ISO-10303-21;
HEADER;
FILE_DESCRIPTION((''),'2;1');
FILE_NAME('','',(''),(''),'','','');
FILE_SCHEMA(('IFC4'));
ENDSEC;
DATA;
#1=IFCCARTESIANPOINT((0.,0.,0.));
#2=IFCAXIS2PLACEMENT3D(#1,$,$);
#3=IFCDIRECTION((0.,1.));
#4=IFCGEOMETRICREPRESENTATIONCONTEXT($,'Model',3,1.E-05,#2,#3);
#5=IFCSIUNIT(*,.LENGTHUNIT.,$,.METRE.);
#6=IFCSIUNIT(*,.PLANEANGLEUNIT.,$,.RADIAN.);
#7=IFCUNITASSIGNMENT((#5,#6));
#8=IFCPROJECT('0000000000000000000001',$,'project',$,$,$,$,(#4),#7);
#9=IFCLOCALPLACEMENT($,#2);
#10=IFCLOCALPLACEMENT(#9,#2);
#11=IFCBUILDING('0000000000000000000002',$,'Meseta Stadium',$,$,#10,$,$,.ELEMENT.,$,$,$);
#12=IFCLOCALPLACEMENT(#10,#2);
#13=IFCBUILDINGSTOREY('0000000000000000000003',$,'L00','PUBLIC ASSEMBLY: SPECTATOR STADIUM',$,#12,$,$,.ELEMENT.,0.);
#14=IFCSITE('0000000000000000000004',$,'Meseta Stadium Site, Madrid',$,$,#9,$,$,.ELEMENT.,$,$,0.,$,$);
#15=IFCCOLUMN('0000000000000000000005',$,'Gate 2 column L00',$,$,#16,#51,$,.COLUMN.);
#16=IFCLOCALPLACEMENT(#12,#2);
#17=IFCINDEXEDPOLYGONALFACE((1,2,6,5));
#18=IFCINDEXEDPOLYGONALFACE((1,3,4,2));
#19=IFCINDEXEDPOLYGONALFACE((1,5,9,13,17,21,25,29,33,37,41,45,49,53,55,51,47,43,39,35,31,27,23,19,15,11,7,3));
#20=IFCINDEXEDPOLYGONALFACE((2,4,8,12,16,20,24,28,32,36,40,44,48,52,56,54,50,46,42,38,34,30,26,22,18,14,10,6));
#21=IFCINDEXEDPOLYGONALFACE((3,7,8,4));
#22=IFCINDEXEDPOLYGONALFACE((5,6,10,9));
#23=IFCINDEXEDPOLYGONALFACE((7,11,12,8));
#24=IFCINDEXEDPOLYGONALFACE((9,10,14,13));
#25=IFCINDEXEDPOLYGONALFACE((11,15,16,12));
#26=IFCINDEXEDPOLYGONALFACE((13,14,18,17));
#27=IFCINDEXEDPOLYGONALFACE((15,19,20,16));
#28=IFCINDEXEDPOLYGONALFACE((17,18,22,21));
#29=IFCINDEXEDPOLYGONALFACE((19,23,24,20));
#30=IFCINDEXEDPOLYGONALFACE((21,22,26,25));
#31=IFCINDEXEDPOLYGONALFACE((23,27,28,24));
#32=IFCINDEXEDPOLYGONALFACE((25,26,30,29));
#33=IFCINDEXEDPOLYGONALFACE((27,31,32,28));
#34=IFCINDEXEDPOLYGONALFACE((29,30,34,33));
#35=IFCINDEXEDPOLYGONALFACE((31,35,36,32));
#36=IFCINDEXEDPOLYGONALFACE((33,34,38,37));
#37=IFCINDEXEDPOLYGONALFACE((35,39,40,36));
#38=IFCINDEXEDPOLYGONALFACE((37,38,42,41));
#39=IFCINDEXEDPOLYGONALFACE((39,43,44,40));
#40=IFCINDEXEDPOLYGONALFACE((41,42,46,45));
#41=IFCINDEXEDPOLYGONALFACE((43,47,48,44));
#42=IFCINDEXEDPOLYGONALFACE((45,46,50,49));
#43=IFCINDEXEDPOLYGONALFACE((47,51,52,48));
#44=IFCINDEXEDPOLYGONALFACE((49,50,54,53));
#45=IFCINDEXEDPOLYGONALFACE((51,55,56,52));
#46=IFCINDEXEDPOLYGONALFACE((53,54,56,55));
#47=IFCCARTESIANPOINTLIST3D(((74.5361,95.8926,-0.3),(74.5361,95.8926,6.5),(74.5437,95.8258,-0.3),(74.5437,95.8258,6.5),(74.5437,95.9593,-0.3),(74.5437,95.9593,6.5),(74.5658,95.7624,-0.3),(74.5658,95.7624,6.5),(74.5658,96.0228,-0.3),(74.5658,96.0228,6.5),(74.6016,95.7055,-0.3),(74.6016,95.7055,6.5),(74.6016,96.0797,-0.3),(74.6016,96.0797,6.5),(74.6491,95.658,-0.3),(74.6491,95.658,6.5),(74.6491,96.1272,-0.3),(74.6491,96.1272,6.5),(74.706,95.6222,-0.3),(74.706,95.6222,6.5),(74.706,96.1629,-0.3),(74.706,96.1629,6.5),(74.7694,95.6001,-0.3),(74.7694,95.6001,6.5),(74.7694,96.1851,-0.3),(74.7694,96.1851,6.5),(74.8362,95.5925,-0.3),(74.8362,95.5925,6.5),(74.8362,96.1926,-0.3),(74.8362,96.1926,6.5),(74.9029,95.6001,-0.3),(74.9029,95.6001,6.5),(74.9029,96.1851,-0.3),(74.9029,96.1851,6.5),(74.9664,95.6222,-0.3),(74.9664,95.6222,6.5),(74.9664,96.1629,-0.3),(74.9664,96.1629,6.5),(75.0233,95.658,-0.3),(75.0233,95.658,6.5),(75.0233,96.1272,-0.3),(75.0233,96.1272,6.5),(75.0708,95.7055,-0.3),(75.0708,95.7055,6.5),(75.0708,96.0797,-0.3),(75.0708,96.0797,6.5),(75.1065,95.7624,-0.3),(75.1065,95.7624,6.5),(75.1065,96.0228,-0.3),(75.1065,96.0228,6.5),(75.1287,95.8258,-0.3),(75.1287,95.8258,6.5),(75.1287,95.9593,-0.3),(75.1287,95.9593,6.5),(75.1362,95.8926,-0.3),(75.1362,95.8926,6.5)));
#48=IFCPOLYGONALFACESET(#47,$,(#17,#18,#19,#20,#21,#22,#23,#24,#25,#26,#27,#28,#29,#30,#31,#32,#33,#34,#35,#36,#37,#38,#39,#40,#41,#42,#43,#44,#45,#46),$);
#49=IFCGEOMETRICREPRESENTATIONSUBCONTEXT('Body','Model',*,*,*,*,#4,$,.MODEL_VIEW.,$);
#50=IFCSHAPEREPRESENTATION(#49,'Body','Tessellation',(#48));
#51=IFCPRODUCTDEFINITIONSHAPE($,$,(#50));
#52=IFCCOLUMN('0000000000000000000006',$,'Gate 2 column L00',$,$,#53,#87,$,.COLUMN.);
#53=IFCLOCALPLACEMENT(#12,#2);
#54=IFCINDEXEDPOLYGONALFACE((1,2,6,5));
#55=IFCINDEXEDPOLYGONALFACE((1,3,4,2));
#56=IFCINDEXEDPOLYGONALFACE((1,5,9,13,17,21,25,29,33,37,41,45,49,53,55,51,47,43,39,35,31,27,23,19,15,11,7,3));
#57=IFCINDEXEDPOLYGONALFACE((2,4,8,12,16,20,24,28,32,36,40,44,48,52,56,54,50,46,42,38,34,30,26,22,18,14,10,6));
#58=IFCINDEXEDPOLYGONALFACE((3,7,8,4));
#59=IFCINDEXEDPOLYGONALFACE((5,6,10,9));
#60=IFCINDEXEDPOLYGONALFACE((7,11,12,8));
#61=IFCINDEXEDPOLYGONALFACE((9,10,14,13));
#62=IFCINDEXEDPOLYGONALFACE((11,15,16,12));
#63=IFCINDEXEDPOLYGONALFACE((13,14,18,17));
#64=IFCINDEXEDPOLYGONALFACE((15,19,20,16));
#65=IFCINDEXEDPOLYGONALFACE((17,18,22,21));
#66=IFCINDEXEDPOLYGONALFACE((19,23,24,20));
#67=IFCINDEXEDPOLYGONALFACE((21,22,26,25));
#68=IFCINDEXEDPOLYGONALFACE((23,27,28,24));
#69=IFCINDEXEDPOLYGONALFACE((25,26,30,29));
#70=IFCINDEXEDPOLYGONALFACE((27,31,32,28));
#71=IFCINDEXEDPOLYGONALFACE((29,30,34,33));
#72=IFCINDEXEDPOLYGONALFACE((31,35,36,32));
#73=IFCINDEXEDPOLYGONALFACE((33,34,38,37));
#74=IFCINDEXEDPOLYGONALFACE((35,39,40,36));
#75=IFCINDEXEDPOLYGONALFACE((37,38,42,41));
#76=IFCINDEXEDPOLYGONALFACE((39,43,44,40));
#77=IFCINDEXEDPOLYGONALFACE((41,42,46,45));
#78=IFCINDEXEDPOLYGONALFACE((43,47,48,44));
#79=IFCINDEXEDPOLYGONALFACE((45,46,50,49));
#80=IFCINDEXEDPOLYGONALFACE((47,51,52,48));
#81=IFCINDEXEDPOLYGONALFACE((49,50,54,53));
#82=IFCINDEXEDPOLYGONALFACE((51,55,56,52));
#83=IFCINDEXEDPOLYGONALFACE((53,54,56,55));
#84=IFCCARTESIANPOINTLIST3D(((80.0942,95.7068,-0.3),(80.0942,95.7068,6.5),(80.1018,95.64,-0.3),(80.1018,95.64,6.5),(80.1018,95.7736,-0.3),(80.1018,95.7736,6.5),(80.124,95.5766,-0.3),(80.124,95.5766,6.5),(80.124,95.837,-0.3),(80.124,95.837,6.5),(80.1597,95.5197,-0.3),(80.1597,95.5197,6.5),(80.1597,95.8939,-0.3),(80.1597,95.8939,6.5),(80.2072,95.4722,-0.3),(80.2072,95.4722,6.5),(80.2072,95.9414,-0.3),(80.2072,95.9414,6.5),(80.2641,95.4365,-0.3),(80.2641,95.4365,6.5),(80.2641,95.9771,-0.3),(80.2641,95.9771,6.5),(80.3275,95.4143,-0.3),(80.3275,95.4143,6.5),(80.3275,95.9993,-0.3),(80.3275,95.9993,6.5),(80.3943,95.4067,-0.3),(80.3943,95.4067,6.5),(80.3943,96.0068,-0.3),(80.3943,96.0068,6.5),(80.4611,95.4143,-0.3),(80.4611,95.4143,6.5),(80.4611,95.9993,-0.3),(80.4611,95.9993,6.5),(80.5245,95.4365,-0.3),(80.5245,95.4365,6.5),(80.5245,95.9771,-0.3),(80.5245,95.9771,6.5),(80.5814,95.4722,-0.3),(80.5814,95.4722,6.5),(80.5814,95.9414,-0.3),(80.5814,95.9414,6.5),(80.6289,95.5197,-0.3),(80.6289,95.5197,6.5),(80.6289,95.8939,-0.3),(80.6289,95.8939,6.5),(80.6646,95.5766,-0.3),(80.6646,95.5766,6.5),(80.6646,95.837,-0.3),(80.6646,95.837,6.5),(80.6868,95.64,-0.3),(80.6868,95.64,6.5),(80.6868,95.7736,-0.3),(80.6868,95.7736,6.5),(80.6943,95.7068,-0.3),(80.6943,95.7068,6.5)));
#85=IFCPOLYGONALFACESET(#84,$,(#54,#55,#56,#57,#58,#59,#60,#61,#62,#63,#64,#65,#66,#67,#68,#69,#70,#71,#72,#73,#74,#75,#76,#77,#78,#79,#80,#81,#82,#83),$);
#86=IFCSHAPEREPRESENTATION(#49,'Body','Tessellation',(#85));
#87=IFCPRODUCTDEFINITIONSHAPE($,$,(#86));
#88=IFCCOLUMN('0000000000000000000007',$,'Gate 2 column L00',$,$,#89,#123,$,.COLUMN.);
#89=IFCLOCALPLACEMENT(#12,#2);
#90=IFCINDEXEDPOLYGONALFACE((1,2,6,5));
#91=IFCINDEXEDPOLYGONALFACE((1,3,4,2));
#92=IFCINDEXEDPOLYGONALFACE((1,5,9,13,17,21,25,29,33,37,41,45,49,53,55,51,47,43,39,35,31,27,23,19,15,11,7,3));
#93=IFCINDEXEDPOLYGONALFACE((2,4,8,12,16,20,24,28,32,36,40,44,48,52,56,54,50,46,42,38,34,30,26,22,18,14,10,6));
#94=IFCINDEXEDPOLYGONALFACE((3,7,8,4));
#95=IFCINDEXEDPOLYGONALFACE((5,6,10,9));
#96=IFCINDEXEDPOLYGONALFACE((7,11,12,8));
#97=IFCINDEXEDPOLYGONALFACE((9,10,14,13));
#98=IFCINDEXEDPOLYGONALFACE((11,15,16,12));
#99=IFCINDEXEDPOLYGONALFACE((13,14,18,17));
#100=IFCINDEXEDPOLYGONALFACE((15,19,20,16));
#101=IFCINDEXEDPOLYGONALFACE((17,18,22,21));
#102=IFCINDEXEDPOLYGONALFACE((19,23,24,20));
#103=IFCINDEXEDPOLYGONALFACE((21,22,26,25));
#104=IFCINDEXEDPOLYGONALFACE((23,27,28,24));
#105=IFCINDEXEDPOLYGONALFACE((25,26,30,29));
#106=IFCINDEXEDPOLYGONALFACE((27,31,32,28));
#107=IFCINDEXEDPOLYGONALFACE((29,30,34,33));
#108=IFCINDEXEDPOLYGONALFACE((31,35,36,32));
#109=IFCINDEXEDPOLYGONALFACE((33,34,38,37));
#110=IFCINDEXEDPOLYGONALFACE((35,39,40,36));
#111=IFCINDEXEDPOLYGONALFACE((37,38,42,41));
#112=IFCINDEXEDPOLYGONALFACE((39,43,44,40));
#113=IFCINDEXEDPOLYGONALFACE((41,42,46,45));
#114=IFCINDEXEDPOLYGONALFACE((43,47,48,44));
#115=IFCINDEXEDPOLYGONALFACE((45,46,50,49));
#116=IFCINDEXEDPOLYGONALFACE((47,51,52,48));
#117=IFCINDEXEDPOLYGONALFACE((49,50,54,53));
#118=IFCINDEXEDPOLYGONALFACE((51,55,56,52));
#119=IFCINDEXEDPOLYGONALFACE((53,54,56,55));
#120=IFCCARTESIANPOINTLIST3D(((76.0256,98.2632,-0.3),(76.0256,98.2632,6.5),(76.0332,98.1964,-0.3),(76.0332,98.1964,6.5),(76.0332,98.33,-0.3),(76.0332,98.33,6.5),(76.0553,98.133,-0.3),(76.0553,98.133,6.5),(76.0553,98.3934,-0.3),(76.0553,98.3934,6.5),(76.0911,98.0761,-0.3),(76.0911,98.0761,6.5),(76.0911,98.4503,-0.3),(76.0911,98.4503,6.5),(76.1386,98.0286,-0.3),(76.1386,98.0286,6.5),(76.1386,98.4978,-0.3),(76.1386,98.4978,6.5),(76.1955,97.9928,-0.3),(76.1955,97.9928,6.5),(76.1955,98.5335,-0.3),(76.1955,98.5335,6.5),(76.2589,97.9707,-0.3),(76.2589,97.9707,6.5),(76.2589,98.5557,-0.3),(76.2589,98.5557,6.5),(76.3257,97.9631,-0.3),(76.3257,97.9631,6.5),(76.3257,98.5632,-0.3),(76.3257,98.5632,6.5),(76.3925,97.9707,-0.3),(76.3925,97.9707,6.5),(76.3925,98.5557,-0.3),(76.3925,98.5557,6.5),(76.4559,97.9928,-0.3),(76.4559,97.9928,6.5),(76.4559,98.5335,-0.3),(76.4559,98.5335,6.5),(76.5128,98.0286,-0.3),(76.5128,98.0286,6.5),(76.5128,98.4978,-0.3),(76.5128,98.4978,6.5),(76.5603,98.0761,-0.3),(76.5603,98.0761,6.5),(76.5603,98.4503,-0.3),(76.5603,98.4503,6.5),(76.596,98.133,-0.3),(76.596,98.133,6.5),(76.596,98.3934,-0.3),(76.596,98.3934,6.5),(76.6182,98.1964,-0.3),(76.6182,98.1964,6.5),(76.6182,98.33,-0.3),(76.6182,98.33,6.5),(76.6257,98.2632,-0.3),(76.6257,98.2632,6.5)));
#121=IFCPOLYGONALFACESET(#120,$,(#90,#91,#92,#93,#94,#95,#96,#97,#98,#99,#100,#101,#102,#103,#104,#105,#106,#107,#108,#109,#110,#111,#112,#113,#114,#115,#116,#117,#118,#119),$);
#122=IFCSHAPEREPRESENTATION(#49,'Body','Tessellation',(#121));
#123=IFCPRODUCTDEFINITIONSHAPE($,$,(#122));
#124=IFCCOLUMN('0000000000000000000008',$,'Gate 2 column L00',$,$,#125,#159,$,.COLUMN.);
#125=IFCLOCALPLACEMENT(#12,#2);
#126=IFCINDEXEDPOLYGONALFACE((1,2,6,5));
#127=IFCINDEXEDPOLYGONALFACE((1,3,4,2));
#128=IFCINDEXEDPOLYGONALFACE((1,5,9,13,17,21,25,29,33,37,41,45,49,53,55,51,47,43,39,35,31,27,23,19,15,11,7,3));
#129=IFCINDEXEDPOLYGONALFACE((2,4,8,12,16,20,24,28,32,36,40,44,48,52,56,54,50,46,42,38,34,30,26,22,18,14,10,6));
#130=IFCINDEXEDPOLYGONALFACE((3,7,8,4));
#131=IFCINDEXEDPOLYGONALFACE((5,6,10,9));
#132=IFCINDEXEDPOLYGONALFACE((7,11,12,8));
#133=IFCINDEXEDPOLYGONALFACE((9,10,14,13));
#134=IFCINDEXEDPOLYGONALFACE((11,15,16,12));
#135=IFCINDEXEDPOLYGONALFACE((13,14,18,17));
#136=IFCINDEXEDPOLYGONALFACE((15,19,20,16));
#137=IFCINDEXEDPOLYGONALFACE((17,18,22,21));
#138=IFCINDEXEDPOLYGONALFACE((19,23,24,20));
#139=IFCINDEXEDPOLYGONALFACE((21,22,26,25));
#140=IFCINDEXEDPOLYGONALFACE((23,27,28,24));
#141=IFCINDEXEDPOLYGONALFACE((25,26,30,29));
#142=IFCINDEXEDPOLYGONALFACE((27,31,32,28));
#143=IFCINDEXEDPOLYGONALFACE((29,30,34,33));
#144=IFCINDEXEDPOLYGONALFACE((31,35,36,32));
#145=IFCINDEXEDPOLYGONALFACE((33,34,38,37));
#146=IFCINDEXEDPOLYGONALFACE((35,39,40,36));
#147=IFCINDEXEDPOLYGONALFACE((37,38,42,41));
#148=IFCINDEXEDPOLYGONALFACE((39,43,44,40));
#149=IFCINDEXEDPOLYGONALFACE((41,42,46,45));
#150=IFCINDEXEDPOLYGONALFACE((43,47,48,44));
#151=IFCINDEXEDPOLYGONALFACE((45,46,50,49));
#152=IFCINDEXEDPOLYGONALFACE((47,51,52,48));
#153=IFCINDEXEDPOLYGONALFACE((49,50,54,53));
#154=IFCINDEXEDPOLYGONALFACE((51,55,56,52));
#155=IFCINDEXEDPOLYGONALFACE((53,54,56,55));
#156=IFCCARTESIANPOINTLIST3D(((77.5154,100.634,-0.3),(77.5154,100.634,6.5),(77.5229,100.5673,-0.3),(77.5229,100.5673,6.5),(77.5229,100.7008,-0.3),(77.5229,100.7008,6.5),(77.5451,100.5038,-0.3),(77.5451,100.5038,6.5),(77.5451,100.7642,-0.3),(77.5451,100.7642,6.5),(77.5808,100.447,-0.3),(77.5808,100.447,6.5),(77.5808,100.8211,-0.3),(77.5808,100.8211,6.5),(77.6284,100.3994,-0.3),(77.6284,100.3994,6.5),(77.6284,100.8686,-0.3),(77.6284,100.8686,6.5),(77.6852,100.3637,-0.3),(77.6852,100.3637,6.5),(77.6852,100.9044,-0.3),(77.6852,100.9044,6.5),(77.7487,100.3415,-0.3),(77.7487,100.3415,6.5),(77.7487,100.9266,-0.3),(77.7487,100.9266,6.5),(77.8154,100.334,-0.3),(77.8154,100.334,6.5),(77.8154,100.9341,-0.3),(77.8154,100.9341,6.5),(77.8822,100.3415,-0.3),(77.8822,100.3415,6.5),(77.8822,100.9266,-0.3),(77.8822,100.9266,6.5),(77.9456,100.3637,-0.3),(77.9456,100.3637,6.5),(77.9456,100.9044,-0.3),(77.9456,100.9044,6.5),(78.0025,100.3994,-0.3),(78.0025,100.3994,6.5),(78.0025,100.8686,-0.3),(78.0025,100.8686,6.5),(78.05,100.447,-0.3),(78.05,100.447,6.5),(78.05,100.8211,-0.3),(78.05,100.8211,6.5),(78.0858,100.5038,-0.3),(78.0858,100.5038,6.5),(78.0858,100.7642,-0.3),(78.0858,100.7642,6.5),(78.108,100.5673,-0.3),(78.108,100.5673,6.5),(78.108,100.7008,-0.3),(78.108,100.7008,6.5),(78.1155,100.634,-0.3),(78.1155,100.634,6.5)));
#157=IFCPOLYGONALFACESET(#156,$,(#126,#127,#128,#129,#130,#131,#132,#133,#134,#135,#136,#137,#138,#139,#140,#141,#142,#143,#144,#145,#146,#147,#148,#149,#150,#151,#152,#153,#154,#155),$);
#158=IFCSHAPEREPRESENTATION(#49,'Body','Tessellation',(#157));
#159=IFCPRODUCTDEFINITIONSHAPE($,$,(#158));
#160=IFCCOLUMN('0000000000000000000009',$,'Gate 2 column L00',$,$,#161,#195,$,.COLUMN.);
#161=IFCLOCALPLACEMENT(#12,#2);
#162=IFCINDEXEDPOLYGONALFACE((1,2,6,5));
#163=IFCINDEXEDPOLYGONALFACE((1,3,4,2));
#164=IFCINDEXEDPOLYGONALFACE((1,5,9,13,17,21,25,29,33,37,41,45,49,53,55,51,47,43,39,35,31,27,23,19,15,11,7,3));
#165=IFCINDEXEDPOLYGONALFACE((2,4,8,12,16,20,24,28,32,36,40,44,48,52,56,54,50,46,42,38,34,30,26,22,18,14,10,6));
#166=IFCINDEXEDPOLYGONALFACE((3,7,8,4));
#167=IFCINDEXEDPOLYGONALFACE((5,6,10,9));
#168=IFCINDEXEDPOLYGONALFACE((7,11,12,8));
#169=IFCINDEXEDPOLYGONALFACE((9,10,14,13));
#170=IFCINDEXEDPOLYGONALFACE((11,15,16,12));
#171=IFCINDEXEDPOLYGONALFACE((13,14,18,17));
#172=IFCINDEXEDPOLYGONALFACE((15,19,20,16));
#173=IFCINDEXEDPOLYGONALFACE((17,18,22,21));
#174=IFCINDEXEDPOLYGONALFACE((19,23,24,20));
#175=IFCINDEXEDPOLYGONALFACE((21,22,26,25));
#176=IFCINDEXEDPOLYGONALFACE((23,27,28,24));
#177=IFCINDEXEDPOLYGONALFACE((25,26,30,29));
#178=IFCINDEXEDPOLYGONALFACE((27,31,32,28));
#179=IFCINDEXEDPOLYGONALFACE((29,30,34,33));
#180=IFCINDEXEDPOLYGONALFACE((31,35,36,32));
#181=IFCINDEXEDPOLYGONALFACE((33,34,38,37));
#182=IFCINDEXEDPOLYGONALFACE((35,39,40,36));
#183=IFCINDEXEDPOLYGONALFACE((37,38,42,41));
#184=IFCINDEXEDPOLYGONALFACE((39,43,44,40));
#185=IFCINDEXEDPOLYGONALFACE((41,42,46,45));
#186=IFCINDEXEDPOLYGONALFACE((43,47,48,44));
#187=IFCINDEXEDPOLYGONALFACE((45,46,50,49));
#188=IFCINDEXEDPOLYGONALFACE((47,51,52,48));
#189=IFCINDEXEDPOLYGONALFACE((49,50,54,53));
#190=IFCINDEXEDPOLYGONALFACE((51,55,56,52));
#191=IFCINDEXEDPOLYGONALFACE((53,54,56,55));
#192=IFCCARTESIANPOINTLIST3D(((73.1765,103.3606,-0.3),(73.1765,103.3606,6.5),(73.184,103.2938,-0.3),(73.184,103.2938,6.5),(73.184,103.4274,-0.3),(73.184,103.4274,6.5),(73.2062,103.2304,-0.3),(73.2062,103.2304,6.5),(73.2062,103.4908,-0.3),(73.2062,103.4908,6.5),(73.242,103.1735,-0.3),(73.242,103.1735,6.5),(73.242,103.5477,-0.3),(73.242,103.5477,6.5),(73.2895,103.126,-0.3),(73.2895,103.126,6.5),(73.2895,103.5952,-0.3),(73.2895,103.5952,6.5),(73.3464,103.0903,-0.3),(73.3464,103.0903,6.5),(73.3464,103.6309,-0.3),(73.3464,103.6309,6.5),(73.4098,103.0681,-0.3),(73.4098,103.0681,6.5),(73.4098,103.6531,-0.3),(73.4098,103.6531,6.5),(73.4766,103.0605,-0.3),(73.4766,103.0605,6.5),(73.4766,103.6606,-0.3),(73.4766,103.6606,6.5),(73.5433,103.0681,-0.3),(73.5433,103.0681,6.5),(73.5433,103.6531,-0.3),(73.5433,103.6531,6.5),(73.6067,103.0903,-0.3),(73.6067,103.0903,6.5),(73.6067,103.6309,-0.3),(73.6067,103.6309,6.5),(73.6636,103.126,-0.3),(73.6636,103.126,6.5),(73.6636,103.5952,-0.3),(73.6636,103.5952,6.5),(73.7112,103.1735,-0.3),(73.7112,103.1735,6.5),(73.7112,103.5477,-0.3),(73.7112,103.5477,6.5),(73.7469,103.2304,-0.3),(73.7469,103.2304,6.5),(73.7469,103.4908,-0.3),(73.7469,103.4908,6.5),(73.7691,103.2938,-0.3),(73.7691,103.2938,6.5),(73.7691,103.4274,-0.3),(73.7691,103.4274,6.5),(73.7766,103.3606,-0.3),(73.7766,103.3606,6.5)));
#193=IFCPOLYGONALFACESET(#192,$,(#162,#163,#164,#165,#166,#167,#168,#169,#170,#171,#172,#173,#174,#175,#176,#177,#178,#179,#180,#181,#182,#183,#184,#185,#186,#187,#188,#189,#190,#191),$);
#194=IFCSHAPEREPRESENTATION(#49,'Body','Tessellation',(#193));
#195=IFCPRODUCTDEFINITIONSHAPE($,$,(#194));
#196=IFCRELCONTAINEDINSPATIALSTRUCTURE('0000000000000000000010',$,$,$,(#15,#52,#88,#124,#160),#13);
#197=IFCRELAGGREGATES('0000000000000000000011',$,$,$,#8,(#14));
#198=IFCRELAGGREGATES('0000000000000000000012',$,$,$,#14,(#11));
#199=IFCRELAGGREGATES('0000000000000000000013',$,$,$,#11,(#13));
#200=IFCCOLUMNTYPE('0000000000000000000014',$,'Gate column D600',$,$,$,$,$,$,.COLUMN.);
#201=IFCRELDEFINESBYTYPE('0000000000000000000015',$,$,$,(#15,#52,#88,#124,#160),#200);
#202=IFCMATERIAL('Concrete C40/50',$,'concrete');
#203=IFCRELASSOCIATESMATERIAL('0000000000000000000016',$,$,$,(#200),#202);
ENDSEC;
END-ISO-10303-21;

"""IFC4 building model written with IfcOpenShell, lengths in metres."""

from ifc_helpers import new_model, si_unit, direction, frame, origin, origin_2d, place, context, subcontext, project, spatial, circle, extrude, material, material_profile, profile_set, type_object, element, save


model = new_model("IFC4")

# Units and contexts
model_context = context("Model", 3, precision=1e-05, world=origin(), true_north=direction((0.0, 1.0)))
body_context = subcontext(model_context, "Body", "Model", "MODEL_VIEW")
ifc_project = project(units=[si_unit("LENGTHUNIT", "METRE"), si_unit("PLANEANGLEUNIT", "RADIAN")], contexts=[model_context])

# Site, building, storey
site_placement = place(None, origin())
site = spatial("IfcSite", under=ifc_project, at=site_placement, Name="Meseta Stadium Site, Madrid", CompositionType="ELEMENT", RefElevation=0.0)
building_placement = place(site_placement, origin())
building = spatial("IfcBuilding", under=site, at=building_placement, Name="Meseta Stadium", CompositionType="ELEMENT")
storey_placement = place(building_placement, origin())
storey = spatial("IfcBuildingStorey", under=building, at=storey_placement, Name="L00", Description="PUBLIC ASSEMBLY: SPECTATOR STADIUM", CompositionType="ELEMENT", Elevation=0.0)

# Columns
ifc_material_1 = material(Name="Concrete C40/50", Category="concrete")
ifc_material_profile_1 = material_profile(ifc_material_1, circle(Radius=0.3, at=origin_2d()), Name="RC D600")
ifc_profile_set_1 = profile_set([ifc_material_profile_1], Name="Concrete C40/50")
column_type = type_object("IfcColumnType", Name="Gate column D600", PredefinedType="COLUMN", material=ifc_profile_set_1)
for number, where, z_axis, x_axis, name in (
    (1, (74.8362, 95.8926, -0.3), (0.0, 0.0, 1.0), (1.0, 0.0, 0.0), "Gate 2 column L00"),
    (2, (80.3943, 95.7068, -0.3), (0.0, 0.0, 1.0), (1.0, 0.0, 0.0), "Gate 2 column L00"),
    (3, (76.3257, 98.2632, -0.3), (0.0, 0.0, 1.0), (1.0, 0.0, 0.0), "Gate 2 column L00"),
    (4, (77.8154, 100.634, -0.3), (0.0, 0.0, 1.0), (1.0, 0.0, 0.0), "Gate 2 column L00"),
    (5, (73.4766, 103.3606, -0.3), (0.0, 0.0, 1.0), (1.0, 0.0, 0.0), "Gate 2 column L00"),
):
    element("IfcColumn", number, at=place(storey_placement, frame(where, z_axis=z_axis, x_axis=x_axis)), inside=storey, type_object=column_type, Name=name, PredefinedType="COLUMN", context=body_context, shape_type="SweptSolid", body=[
        extrude(circle(Radius=0.3, at=origin_2d()), origin(), (0.0, 0.0, 1.0), 6.8),
    ])

save(model, "model.ifc")
